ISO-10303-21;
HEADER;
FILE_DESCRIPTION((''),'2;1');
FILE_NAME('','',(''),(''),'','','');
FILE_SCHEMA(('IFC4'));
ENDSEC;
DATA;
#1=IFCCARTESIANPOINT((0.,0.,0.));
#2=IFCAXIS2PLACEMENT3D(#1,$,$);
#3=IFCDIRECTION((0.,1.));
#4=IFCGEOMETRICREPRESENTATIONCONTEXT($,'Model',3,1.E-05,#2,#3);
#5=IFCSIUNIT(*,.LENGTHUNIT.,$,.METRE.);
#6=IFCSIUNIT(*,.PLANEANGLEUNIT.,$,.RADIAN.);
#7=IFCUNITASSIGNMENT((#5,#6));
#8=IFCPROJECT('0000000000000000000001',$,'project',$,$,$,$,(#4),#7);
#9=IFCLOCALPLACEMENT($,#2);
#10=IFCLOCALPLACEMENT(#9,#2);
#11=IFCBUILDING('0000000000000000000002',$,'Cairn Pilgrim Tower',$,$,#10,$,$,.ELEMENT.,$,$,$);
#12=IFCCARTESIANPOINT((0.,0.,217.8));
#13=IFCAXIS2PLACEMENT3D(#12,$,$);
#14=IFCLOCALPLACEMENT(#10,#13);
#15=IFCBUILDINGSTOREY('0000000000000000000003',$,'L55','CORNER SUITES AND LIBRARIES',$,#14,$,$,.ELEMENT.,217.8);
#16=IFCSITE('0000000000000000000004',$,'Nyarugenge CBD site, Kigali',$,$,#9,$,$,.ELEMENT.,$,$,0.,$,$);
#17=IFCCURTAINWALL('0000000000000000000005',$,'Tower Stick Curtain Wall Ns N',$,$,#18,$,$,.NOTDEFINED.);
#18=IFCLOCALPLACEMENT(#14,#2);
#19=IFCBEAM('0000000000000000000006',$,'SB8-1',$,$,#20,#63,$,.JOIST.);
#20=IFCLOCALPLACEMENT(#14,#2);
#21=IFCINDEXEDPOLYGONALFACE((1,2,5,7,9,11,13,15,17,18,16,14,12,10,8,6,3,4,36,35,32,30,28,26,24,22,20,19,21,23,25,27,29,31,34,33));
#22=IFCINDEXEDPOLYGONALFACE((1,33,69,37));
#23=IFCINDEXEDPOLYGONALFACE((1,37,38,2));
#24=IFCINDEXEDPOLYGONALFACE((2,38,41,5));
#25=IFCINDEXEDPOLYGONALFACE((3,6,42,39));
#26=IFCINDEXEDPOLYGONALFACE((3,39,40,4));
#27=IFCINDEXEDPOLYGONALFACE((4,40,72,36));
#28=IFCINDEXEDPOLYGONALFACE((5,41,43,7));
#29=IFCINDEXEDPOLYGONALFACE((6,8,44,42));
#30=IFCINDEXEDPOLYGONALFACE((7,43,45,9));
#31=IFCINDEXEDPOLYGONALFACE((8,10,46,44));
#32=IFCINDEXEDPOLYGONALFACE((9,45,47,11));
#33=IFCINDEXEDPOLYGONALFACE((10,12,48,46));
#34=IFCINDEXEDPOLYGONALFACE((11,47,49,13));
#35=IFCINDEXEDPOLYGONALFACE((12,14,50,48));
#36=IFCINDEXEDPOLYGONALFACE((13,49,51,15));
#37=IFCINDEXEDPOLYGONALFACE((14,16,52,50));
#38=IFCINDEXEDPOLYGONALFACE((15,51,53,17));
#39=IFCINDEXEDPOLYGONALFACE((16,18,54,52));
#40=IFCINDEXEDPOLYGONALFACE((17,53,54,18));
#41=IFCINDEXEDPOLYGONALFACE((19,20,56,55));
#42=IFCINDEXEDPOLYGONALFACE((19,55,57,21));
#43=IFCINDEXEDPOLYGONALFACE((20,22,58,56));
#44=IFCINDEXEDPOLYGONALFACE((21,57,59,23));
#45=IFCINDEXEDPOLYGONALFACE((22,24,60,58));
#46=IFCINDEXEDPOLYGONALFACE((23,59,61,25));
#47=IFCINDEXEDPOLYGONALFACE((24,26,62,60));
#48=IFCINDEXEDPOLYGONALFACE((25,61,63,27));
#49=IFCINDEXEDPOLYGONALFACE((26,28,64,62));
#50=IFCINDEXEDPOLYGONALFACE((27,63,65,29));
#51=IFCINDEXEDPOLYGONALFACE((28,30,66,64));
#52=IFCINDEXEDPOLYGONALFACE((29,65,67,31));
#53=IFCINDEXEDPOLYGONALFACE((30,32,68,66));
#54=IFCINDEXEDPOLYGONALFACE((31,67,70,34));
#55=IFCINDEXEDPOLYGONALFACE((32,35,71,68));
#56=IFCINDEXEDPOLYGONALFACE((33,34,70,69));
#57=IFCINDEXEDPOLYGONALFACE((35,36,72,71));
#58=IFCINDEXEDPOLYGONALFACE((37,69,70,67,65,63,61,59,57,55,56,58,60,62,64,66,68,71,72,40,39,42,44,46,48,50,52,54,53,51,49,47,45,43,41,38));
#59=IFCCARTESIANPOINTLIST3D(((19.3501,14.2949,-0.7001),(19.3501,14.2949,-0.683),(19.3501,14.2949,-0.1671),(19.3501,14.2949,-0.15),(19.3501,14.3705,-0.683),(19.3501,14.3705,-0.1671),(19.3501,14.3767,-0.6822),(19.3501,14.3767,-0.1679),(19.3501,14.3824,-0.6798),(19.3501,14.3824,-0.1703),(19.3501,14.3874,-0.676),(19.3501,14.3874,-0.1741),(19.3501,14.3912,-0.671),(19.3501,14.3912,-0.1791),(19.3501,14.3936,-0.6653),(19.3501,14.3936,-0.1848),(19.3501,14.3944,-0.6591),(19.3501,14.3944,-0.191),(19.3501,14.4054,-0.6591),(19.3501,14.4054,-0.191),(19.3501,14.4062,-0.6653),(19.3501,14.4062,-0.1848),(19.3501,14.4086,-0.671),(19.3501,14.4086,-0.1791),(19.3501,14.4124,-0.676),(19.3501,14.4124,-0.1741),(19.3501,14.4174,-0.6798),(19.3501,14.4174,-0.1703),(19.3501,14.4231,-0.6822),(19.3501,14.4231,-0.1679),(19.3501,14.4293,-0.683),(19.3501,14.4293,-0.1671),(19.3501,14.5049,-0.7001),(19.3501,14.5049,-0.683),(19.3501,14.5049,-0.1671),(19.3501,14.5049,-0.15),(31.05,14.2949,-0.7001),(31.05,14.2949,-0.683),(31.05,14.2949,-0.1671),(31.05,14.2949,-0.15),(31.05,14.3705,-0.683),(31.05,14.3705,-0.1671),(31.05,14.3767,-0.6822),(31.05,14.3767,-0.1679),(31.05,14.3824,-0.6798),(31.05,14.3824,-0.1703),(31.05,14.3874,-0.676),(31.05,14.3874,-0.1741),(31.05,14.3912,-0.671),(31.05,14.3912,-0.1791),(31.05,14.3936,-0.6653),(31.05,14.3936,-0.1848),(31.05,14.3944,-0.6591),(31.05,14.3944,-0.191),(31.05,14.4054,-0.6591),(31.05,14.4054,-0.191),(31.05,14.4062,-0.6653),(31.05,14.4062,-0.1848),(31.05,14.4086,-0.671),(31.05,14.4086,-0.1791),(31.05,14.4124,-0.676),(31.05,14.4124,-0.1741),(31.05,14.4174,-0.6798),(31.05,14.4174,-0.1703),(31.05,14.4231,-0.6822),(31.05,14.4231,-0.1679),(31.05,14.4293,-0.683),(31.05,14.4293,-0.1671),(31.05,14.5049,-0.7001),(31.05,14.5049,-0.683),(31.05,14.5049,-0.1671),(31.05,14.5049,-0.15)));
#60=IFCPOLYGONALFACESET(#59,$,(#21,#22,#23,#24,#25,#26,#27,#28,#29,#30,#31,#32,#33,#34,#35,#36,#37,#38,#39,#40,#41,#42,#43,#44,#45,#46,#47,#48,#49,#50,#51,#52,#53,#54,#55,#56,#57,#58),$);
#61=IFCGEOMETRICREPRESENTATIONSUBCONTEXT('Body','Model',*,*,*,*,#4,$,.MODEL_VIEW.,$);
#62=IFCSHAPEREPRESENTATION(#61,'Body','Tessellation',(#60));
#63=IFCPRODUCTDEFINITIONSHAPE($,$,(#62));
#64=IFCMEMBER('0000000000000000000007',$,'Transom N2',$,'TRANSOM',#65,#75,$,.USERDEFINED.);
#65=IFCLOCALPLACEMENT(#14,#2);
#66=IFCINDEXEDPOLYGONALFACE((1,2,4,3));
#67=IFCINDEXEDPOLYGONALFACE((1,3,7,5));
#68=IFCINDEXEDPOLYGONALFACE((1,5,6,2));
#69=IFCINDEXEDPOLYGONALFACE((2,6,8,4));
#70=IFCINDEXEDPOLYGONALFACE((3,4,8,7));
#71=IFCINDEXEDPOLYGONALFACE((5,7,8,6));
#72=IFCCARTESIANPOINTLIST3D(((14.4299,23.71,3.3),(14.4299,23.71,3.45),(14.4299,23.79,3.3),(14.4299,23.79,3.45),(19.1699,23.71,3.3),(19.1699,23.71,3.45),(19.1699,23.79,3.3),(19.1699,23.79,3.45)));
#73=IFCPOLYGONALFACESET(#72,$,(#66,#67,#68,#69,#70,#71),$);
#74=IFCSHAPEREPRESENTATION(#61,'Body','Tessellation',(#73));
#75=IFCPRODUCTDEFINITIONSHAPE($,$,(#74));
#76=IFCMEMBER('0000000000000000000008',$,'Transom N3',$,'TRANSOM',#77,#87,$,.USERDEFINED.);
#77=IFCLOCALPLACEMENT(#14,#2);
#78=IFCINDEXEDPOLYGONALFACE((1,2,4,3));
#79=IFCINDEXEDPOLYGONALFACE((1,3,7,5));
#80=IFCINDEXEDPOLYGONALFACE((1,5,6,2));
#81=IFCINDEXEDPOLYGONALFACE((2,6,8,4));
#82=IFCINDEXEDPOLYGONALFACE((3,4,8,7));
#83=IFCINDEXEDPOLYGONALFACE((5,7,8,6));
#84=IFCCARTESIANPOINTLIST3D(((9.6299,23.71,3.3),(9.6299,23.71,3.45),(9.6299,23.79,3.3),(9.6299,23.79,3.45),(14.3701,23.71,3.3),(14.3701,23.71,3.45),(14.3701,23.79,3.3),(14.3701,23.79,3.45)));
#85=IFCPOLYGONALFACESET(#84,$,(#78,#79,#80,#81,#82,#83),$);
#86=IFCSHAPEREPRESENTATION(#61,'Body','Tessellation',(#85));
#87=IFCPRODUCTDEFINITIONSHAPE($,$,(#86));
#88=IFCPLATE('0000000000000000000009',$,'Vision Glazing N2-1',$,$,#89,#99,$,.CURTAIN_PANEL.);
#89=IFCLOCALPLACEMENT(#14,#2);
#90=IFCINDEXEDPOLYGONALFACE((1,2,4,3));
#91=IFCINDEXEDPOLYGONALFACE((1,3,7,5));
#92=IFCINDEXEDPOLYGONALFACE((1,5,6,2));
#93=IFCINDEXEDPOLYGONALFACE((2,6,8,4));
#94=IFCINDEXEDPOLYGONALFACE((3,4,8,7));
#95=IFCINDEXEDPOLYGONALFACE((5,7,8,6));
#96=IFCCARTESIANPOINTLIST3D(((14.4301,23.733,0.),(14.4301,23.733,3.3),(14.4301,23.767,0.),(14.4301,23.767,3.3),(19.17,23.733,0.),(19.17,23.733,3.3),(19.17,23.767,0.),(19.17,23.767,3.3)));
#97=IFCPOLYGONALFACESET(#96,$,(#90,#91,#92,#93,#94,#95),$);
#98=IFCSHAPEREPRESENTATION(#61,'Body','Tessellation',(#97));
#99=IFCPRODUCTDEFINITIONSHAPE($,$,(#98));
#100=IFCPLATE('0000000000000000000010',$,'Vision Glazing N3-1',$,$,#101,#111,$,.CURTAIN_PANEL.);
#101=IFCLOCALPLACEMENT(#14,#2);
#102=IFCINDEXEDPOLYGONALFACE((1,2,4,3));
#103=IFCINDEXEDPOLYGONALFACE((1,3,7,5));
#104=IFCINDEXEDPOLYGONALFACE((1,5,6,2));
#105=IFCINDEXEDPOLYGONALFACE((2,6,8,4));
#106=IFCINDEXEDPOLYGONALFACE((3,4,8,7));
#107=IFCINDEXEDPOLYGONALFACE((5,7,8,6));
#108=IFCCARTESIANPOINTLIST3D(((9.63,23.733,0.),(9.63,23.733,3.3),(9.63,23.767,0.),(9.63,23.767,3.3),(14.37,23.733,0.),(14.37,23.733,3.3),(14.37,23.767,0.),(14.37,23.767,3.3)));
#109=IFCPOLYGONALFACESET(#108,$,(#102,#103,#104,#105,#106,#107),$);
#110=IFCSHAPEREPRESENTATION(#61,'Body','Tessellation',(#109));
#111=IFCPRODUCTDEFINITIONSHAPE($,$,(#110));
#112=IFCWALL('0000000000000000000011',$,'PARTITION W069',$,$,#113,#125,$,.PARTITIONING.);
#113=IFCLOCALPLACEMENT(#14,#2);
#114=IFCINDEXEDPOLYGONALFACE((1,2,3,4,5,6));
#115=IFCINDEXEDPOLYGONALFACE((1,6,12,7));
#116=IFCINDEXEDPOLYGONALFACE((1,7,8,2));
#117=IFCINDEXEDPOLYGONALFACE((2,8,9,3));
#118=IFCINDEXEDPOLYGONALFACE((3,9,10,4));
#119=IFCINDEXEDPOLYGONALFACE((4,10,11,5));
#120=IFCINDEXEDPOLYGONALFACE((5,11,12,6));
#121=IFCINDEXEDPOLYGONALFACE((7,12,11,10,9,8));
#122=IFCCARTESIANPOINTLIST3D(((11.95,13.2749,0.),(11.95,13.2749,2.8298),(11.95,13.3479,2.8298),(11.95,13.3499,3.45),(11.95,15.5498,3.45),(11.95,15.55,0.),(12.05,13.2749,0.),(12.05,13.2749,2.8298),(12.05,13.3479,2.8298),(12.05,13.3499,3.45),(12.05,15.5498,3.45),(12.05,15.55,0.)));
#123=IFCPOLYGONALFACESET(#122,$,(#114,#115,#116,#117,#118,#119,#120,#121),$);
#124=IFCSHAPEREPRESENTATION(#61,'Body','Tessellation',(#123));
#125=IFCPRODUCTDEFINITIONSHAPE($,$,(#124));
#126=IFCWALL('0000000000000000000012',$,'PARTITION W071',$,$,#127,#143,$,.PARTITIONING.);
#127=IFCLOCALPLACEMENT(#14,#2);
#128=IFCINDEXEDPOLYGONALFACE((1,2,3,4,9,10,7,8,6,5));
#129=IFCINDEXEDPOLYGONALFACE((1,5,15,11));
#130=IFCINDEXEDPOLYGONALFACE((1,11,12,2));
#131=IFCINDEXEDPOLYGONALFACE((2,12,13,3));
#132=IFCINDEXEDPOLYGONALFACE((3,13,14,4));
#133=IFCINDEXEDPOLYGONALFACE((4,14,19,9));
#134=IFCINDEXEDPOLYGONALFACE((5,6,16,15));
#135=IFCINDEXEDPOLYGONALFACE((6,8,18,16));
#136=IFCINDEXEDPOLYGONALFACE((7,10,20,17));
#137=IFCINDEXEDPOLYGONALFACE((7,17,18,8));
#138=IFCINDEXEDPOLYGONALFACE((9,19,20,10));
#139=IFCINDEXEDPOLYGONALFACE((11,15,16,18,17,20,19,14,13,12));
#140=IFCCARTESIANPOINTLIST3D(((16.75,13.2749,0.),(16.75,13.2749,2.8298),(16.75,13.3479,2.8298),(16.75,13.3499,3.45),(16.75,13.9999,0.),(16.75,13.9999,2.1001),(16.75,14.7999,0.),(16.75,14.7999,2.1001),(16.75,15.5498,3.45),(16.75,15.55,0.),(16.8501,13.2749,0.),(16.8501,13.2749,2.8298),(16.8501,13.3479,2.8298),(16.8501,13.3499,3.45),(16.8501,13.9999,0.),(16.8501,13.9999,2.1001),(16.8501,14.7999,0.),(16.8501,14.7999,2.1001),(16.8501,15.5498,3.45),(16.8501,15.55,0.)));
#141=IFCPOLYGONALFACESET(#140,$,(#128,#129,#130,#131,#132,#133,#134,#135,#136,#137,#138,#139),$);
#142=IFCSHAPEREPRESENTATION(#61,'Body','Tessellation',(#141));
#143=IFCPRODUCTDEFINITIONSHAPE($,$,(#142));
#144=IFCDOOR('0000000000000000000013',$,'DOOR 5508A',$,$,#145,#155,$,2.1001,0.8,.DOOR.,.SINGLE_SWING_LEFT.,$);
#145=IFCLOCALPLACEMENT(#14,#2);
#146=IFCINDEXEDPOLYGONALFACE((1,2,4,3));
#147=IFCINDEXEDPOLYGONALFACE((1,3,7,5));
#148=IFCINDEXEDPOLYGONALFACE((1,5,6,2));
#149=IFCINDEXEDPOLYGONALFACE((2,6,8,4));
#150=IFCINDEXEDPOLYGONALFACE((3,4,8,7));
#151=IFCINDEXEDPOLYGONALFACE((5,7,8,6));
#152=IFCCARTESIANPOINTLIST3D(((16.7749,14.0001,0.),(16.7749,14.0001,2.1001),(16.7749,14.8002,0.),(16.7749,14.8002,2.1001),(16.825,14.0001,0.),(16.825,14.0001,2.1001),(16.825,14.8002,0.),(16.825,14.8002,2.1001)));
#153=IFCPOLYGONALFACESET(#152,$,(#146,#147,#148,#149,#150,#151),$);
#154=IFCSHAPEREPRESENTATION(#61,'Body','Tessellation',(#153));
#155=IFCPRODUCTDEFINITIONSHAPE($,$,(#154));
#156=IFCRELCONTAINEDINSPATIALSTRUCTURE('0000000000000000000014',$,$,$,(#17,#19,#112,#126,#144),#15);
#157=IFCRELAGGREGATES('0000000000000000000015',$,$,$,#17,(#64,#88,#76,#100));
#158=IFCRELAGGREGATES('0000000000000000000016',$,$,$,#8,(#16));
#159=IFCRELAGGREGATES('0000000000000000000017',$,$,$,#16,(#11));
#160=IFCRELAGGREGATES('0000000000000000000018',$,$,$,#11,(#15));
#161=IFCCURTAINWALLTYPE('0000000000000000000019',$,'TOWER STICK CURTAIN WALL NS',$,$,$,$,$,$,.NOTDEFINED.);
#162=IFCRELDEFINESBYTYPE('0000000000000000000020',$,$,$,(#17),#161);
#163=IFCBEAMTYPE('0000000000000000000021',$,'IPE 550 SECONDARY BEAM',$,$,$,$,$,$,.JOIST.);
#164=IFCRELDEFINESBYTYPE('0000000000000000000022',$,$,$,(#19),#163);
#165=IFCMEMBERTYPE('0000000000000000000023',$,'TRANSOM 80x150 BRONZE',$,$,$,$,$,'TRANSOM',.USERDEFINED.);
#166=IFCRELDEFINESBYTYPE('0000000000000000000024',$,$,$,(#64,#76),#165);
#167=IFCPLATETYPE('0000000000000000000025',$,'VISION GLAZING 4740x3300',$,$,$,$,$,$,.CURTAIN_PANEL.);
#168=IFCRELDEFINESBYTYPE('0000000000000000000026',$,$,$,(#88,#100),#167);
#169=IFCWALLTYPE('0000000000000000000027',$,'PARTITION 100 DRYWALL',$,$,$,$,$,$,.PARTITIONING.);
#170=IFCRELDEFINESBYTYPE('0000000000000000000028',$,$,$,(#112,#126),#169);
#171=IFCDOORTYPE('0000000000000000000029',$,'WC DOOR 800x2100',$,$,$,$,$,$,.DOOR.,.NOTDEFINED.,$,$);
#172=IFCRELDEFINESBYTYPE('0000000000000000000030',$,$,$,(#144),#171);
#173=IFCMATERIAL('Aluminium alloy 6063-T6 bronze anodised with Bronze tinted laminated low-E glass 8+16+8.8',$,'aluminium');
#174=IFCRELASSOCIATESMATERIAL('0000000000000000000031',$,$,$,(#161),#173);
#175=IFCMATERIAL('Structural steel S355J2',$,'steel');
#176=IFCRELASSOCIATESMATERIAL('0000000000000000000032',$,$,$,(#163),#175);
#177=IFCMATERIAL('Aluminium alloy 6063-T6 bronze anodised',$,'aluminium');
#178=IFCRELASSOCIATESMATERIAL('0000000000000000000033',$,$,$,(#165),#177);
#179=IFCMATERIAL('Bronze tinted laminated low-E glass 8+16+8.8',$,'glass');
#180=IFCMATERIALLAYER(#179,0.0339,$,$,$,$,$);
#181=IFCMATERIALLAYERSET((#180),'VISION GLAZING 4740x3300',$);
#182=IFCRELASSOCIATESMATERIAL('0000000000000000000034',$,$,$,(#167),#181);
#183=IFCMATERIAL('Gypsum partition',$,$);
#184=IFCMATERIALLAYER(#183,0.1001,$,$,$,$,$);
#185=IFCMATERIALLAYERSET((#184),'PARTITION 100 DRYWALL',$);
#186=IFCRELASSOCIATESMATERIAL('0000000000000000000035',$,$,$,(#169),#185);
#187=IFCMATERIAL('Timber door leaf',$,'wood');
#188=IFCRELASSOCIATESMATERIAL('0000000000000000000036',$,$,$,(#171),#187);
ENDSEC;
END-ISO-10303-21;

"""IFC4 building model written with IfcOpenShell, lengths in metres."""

from ifc_helpers import new_model, si_unit, direction, frame, frame_2d, origin, origin_2d, place, context, subcontext, project, spatial, polyline, rectangle, i_section, outline, extrude, material, layer, layer_set, material_profile, profile_set, type_object, element, fill, aggregate, save


model = new_model("IFC4")

# Units and contexts
model_context = context("Model", 3, precision=1e-05, world=origin(), true_north=direction((0.0, 1.0)))
body_context = subcontext(model_context, "Body", "Model", "MODEL_VIEW")
ifc_project = project(units=[si_unit("LENGTHUNIT", "METRE"), si_unit("PLANEANGLEUNIT", "RADIAN")], contexts=[model_context])

# Site, building, storey
site_placement = place(None, origin())
site = spatial("IfcSite", under=ifc_project, at=site_placement, Name="Nyarugenge CBD site, Kigali", CompositionType="ELEMENT", RefElevation=0.0)
building_placement = place(site_placement, origin())
building = spatial("IfcBuilding", under=site, at=building_placement, Name="Cairn Pilgrim Tower", CompositionType="ELEMENT")
storey_placement = place(building_placement, frame((0.0, 0.0, 217.8)))
storey = spatial("IfcBuildingStorey", under=building, at=storey_placement, Name="L55", Description="CORNER SUITES AND LIBRARIES", CompositionType="ELEMENT", Elevation=217.8)

# Shared definitions
ifc_material_1 = material(Name="Structural steel S355J2", Category="steel")

# Curtain wall
ifc_material_2 = material(Name="Aluminium alloy 6063-T6 bronze anodised with Bronze tinted laminated low-E glass 8+16+8.8", Category="aluminium")
curtain_wall_type = type_object("IfcCurtainWallType", Name="TOWER STICK CURTAIN WALL NS", PredefinedType="NOTDEFINED", material=ifc_material_2)
curtain_wall_placement = place(storey_placement, origin())
curtain_wall = element("IfcCurtainWall", 1, at=curtain_wall_placement, inside=storey, type_object=curtain_wall_type, Name="Tower Stick Curtain Wall Ns N", PredefinedType="NOTDEFINED")
ifc_material_3 = material(Name="Aluminium alloy 6063-T6 bronze anodised", Category="aluminium")

# Beam
ifc_material_profile_1 = material_profile(ifc_material_1, i_section(OverallWidth=0.21, OverallDepth=0.55, WebThickness=0.011, FlangeThickness=0.0171, FilletRadius=0.0239, at=origin_2d()), Name="IPE 550")
ifc_profile_set_1 = profile_set([ifc_material_profile_1], Name="Structural steel S355J2")
beam_type_1 = type_object("IfcBeamType", Name="IPE 550 SECONDARY BEAM", PredefinedType="JOIST", material=ifc_profile_set_1)
beam_1_placement = place(storey_placement, frame((19.3501, 14.3999, -0.425), z_axis=(1.0, 0.0, 0.0), x_axis=(0.0, 1.0, 0.0)))
element("IfcBeam", 2, at=beam_1_placement, inside=storey, type_object=beam_type_1, Name="SB8-1", PredefinedType="JOIST", context=body_context, shape_type="SweptSolid", body=[
    extrude(i_section(OverallWidth=0.21, OverallDepth=0.55, WebThickness=0.011, FlangeThickness=0.0171, FilletRadius=0.0239, at=origin_2d()), origin(), (0.0, 0.0, 1.0), 11.7),
])

# Members
ifc_material_profile_2 = material_profile(ifc_material_3, rectangle(XDim=0.0801, YDim=0.1499, at=origin_2d()), Name="TRANSOM 80x150 BRONZE")
ifc_profile_set_2 = profile_set([ifc_material_profile_2], Name="Aluminium alloy 6063-T6 bronze anodised")
member_type_1 = type_object("IfcMemberType", Name="TRANSOM 80x150 BRONZE", ElementType="TRANSOM", PredefinedType="USERDEFINED", material=ifc_profile_set_2)
member_1_placement = place(storey_placement, frame((19.1699, 23.75, 3.375), z_axis=(-1.0, 0.0, 0.0), x_axis=(0.0, -1.0, 0.0)))
member_1 = element("IfcMember", 3, at=member_1_placement, type_object=member_type_1, Name="Transom N2", ObjectType="TRANSOM", PredefinedType="USERDEFINED", context=body_context, shape_type="SweptSolid", body=[
    extrude(rectangle(XDim=0.0801, YDim=0.1499, at=origin_2d()), origin(), (0.0, 0.0, 1.0), 4.74),
])
member_2_placement = place(storey_placement, frame((14.3701, 23.75, 3.375), z_axis=(-1.0, 0.0, 0.0), x_axis=(0.0, -1.0, 0.0)))
member_2 = element("IfcMember", 4, at=member_2_placement, type_object=member_type_1, Name="Transom N3", ObjectType="TRANSOM", PredefinedType="USERDEFINED", context=body_context, shape_type="SweptSolid", body=[
    extrude(rectangle(XDim=0.0801, YDim=0.1499, at=origin_2d()), origin(), (0.0, 0.0, 1.0), 4.7402),
])

# Plates
ifc_material_4 = material(Name="Bronze tinted laminated low-E glass 8+16+8.8", Category="glass")
ifc_layer_1 = layer(ifc_material_4, 0.0339)
ifc_layer_set_1 = layer_set([ifc_layer_1], Name="VISION GLAZING 4740x3300")
plate_type = type_object("IfcPlateType", Name="VISION GLAZING 4740x3300", PredefinedType="CURTAIN_PANEL", material=ifc_layer_set_1)
plate_1_placement = place(storey_placement, frame((16.8, 23.75, 0.0), z_axis=(0.0, 0.0, 1.0), x_axis=(-1.0, 0.0, 0.0)))
plate_1 = element("IfcPlate", 5, at=plate_1_placement, type_object=plate_type, Name="Vision Glazing N2-1", PredefinedType="CURTAIN_PANEL", context=body_context, shape_type="SweptSolid", body=[
    extrude(rectangle(XDim=4.74, YDim=0.0339, at=origin_2d()), origin(), (0.0, 0.0, 1.0), 3.3),
])
plate_2_placement = place(storey_placement, frame((12.0, 23.75, 0.0), z_axis=(0.0, 0.0, 1.0), x_axis=(-1.0, 0.0, 0.0)))
plate_2 = element("IfcPlate", 6, at=plate_2_placement, type_object=plate_type, Name="Vision Glazing N3-1", PredefinedType="CURTAIN_PANEL", context=body_context, shape_type="SweptSolid", body=[
    extrude(rectangle(XDim=4.74, YDim=0.0339, at=origin_2d()), origin(), (0.0, 0.0, 1.0), 3.3),
])
aggregate(curtain_wall, [member_1, plate_1, member_2, plate_2])

# Wall
ifc_material_5 = material(Name="Gypsum partition")
ifc_layer_2 = layer(ifc_material_5, 0.1001)
ifc_layer_set_2 = layer_set([ifc_layer_2], Name="PARTITION 100 DRYWALL")
wall_type_1 = type_object("IfcWallType", Name="PARTITION 100 DRYWALL", PredefinedType="PARTITIONING", material=ifc_layer_set_2)
wall_1_placement = place(storey_placement, frame((12.0, 13.2749, 0.0), z_axis=(0.0, 0.0, 1.0), x_axis=(0.0, 1.0, 0.0)))
element("IfcWall", 7, at=wall_1_placement, inside=storey, type_object=wall_type_1, Name="PARTITION W069", PredefinedType="PARTITIONING", context=body_context, shape_type="SweptSolid", body=[
    extrude(outline(polyline([(0.0, 0.0), (2.2751, 0.0), (2.2749, 3.45), (0.075, 3.45), (0.073, 2.8298), (0.0, 2.8298), (0.0, 0.0)])), frame((0.0, 0.05, 0.0), z_axis=(0.0, -1.0, 0.0), x_axis=(1.0, 0.0, 0.0)), (0.0, 0.0, 1.0), 0.1001),
])

# Wall, opening, door
wall_2_placement = place(storey_placement, frame((16.8, 13.2749, 0.0), z_axis=(0.0, 0.0, 1.0), x_axis=(0.0, 1.0, 0.0)))
wall_2 = element("IfcWall", 8, at=wall_2_placement, inside=storey, type_object=wall_type_1, Name="PARTITION W071", PredefinedType="PARTITIONING", context=body_context, shape_type="SweptSolid", body=[
    extrude(outline(polyline([(0.0, 0.0), (2.2751, 0.0), (2.2749, 3.45), (0.075, 3.45), (0.073, 2.8298), (0.0, 2.8298), (0.0, 0.0)])), frame((0.0, 0.05, 0.0), z_axis=(0.0, -1.0, 0.0), x_axis=(1.0, 0.0, 0.0)), (0.0, 0.0, 1.0), 0.1001),
])
opening_1_placement = place(wall_2_placement, frame((0.7251, 0.0, 0.0)))
opening_1 = element("IfcOpeningElement", 9, at=opening_1_placement, cuts=wall_2, PredefinedType="OPENING", context=body_context, shape_type="SweptSolid", body=[
    extrude(rectangle(XDim=0.8, YDim=2.1001, at=frame_2d((0.3999, 1.05))), frame((0.0, 0.0601, 0.0), z_axis=(0.0, -1.0, 0.0), x_axis=(1.0, 0.0, 0.0)), (0.0, 0.0, 1.0), 0.1201),
])
ifc_material_6 = material(Name="Timber door leaf", Category="wood")
door_type_1 = type_object("IfcDoorType", Name="WC DOOR 800x2100", OperationType="NOTDEFINED", PredefinedType="DOOR", material=ifc_material_6)
door_1_placement = place(opening_1_placement, frame((0.8, 0.0, 0.0), z_axis=(0.0, 0.0, 1.0), x_axis=(-1.0, 0.0, 0.0)))
door_1 = element("IfcDoor", 10, at=door_1_placement, inside=storey, type_object=door_type_1, Name="DOOR 5508A", OperationType="SINGLE_SWING_LEFT", OverallHeight=2.1001, OverallWidth=0.8, PredefinedType="DOOR", context=body_context, shape_type="SweptSolid", body=[
    extrude(rectangle(XDim=0.8, YDim=2.1001, at=frame_2d((0.3999, 1.05))), frame((0.0, 0.0249, 0.0), z_axis=(0.0, -1.0, 0.0), x_axis=(1.0, 0.0, 0.0)), (0.0, 0.0, 1.0), 0.05),
])
fill(opening_1, door_1)

save(model, "model.ifc")
